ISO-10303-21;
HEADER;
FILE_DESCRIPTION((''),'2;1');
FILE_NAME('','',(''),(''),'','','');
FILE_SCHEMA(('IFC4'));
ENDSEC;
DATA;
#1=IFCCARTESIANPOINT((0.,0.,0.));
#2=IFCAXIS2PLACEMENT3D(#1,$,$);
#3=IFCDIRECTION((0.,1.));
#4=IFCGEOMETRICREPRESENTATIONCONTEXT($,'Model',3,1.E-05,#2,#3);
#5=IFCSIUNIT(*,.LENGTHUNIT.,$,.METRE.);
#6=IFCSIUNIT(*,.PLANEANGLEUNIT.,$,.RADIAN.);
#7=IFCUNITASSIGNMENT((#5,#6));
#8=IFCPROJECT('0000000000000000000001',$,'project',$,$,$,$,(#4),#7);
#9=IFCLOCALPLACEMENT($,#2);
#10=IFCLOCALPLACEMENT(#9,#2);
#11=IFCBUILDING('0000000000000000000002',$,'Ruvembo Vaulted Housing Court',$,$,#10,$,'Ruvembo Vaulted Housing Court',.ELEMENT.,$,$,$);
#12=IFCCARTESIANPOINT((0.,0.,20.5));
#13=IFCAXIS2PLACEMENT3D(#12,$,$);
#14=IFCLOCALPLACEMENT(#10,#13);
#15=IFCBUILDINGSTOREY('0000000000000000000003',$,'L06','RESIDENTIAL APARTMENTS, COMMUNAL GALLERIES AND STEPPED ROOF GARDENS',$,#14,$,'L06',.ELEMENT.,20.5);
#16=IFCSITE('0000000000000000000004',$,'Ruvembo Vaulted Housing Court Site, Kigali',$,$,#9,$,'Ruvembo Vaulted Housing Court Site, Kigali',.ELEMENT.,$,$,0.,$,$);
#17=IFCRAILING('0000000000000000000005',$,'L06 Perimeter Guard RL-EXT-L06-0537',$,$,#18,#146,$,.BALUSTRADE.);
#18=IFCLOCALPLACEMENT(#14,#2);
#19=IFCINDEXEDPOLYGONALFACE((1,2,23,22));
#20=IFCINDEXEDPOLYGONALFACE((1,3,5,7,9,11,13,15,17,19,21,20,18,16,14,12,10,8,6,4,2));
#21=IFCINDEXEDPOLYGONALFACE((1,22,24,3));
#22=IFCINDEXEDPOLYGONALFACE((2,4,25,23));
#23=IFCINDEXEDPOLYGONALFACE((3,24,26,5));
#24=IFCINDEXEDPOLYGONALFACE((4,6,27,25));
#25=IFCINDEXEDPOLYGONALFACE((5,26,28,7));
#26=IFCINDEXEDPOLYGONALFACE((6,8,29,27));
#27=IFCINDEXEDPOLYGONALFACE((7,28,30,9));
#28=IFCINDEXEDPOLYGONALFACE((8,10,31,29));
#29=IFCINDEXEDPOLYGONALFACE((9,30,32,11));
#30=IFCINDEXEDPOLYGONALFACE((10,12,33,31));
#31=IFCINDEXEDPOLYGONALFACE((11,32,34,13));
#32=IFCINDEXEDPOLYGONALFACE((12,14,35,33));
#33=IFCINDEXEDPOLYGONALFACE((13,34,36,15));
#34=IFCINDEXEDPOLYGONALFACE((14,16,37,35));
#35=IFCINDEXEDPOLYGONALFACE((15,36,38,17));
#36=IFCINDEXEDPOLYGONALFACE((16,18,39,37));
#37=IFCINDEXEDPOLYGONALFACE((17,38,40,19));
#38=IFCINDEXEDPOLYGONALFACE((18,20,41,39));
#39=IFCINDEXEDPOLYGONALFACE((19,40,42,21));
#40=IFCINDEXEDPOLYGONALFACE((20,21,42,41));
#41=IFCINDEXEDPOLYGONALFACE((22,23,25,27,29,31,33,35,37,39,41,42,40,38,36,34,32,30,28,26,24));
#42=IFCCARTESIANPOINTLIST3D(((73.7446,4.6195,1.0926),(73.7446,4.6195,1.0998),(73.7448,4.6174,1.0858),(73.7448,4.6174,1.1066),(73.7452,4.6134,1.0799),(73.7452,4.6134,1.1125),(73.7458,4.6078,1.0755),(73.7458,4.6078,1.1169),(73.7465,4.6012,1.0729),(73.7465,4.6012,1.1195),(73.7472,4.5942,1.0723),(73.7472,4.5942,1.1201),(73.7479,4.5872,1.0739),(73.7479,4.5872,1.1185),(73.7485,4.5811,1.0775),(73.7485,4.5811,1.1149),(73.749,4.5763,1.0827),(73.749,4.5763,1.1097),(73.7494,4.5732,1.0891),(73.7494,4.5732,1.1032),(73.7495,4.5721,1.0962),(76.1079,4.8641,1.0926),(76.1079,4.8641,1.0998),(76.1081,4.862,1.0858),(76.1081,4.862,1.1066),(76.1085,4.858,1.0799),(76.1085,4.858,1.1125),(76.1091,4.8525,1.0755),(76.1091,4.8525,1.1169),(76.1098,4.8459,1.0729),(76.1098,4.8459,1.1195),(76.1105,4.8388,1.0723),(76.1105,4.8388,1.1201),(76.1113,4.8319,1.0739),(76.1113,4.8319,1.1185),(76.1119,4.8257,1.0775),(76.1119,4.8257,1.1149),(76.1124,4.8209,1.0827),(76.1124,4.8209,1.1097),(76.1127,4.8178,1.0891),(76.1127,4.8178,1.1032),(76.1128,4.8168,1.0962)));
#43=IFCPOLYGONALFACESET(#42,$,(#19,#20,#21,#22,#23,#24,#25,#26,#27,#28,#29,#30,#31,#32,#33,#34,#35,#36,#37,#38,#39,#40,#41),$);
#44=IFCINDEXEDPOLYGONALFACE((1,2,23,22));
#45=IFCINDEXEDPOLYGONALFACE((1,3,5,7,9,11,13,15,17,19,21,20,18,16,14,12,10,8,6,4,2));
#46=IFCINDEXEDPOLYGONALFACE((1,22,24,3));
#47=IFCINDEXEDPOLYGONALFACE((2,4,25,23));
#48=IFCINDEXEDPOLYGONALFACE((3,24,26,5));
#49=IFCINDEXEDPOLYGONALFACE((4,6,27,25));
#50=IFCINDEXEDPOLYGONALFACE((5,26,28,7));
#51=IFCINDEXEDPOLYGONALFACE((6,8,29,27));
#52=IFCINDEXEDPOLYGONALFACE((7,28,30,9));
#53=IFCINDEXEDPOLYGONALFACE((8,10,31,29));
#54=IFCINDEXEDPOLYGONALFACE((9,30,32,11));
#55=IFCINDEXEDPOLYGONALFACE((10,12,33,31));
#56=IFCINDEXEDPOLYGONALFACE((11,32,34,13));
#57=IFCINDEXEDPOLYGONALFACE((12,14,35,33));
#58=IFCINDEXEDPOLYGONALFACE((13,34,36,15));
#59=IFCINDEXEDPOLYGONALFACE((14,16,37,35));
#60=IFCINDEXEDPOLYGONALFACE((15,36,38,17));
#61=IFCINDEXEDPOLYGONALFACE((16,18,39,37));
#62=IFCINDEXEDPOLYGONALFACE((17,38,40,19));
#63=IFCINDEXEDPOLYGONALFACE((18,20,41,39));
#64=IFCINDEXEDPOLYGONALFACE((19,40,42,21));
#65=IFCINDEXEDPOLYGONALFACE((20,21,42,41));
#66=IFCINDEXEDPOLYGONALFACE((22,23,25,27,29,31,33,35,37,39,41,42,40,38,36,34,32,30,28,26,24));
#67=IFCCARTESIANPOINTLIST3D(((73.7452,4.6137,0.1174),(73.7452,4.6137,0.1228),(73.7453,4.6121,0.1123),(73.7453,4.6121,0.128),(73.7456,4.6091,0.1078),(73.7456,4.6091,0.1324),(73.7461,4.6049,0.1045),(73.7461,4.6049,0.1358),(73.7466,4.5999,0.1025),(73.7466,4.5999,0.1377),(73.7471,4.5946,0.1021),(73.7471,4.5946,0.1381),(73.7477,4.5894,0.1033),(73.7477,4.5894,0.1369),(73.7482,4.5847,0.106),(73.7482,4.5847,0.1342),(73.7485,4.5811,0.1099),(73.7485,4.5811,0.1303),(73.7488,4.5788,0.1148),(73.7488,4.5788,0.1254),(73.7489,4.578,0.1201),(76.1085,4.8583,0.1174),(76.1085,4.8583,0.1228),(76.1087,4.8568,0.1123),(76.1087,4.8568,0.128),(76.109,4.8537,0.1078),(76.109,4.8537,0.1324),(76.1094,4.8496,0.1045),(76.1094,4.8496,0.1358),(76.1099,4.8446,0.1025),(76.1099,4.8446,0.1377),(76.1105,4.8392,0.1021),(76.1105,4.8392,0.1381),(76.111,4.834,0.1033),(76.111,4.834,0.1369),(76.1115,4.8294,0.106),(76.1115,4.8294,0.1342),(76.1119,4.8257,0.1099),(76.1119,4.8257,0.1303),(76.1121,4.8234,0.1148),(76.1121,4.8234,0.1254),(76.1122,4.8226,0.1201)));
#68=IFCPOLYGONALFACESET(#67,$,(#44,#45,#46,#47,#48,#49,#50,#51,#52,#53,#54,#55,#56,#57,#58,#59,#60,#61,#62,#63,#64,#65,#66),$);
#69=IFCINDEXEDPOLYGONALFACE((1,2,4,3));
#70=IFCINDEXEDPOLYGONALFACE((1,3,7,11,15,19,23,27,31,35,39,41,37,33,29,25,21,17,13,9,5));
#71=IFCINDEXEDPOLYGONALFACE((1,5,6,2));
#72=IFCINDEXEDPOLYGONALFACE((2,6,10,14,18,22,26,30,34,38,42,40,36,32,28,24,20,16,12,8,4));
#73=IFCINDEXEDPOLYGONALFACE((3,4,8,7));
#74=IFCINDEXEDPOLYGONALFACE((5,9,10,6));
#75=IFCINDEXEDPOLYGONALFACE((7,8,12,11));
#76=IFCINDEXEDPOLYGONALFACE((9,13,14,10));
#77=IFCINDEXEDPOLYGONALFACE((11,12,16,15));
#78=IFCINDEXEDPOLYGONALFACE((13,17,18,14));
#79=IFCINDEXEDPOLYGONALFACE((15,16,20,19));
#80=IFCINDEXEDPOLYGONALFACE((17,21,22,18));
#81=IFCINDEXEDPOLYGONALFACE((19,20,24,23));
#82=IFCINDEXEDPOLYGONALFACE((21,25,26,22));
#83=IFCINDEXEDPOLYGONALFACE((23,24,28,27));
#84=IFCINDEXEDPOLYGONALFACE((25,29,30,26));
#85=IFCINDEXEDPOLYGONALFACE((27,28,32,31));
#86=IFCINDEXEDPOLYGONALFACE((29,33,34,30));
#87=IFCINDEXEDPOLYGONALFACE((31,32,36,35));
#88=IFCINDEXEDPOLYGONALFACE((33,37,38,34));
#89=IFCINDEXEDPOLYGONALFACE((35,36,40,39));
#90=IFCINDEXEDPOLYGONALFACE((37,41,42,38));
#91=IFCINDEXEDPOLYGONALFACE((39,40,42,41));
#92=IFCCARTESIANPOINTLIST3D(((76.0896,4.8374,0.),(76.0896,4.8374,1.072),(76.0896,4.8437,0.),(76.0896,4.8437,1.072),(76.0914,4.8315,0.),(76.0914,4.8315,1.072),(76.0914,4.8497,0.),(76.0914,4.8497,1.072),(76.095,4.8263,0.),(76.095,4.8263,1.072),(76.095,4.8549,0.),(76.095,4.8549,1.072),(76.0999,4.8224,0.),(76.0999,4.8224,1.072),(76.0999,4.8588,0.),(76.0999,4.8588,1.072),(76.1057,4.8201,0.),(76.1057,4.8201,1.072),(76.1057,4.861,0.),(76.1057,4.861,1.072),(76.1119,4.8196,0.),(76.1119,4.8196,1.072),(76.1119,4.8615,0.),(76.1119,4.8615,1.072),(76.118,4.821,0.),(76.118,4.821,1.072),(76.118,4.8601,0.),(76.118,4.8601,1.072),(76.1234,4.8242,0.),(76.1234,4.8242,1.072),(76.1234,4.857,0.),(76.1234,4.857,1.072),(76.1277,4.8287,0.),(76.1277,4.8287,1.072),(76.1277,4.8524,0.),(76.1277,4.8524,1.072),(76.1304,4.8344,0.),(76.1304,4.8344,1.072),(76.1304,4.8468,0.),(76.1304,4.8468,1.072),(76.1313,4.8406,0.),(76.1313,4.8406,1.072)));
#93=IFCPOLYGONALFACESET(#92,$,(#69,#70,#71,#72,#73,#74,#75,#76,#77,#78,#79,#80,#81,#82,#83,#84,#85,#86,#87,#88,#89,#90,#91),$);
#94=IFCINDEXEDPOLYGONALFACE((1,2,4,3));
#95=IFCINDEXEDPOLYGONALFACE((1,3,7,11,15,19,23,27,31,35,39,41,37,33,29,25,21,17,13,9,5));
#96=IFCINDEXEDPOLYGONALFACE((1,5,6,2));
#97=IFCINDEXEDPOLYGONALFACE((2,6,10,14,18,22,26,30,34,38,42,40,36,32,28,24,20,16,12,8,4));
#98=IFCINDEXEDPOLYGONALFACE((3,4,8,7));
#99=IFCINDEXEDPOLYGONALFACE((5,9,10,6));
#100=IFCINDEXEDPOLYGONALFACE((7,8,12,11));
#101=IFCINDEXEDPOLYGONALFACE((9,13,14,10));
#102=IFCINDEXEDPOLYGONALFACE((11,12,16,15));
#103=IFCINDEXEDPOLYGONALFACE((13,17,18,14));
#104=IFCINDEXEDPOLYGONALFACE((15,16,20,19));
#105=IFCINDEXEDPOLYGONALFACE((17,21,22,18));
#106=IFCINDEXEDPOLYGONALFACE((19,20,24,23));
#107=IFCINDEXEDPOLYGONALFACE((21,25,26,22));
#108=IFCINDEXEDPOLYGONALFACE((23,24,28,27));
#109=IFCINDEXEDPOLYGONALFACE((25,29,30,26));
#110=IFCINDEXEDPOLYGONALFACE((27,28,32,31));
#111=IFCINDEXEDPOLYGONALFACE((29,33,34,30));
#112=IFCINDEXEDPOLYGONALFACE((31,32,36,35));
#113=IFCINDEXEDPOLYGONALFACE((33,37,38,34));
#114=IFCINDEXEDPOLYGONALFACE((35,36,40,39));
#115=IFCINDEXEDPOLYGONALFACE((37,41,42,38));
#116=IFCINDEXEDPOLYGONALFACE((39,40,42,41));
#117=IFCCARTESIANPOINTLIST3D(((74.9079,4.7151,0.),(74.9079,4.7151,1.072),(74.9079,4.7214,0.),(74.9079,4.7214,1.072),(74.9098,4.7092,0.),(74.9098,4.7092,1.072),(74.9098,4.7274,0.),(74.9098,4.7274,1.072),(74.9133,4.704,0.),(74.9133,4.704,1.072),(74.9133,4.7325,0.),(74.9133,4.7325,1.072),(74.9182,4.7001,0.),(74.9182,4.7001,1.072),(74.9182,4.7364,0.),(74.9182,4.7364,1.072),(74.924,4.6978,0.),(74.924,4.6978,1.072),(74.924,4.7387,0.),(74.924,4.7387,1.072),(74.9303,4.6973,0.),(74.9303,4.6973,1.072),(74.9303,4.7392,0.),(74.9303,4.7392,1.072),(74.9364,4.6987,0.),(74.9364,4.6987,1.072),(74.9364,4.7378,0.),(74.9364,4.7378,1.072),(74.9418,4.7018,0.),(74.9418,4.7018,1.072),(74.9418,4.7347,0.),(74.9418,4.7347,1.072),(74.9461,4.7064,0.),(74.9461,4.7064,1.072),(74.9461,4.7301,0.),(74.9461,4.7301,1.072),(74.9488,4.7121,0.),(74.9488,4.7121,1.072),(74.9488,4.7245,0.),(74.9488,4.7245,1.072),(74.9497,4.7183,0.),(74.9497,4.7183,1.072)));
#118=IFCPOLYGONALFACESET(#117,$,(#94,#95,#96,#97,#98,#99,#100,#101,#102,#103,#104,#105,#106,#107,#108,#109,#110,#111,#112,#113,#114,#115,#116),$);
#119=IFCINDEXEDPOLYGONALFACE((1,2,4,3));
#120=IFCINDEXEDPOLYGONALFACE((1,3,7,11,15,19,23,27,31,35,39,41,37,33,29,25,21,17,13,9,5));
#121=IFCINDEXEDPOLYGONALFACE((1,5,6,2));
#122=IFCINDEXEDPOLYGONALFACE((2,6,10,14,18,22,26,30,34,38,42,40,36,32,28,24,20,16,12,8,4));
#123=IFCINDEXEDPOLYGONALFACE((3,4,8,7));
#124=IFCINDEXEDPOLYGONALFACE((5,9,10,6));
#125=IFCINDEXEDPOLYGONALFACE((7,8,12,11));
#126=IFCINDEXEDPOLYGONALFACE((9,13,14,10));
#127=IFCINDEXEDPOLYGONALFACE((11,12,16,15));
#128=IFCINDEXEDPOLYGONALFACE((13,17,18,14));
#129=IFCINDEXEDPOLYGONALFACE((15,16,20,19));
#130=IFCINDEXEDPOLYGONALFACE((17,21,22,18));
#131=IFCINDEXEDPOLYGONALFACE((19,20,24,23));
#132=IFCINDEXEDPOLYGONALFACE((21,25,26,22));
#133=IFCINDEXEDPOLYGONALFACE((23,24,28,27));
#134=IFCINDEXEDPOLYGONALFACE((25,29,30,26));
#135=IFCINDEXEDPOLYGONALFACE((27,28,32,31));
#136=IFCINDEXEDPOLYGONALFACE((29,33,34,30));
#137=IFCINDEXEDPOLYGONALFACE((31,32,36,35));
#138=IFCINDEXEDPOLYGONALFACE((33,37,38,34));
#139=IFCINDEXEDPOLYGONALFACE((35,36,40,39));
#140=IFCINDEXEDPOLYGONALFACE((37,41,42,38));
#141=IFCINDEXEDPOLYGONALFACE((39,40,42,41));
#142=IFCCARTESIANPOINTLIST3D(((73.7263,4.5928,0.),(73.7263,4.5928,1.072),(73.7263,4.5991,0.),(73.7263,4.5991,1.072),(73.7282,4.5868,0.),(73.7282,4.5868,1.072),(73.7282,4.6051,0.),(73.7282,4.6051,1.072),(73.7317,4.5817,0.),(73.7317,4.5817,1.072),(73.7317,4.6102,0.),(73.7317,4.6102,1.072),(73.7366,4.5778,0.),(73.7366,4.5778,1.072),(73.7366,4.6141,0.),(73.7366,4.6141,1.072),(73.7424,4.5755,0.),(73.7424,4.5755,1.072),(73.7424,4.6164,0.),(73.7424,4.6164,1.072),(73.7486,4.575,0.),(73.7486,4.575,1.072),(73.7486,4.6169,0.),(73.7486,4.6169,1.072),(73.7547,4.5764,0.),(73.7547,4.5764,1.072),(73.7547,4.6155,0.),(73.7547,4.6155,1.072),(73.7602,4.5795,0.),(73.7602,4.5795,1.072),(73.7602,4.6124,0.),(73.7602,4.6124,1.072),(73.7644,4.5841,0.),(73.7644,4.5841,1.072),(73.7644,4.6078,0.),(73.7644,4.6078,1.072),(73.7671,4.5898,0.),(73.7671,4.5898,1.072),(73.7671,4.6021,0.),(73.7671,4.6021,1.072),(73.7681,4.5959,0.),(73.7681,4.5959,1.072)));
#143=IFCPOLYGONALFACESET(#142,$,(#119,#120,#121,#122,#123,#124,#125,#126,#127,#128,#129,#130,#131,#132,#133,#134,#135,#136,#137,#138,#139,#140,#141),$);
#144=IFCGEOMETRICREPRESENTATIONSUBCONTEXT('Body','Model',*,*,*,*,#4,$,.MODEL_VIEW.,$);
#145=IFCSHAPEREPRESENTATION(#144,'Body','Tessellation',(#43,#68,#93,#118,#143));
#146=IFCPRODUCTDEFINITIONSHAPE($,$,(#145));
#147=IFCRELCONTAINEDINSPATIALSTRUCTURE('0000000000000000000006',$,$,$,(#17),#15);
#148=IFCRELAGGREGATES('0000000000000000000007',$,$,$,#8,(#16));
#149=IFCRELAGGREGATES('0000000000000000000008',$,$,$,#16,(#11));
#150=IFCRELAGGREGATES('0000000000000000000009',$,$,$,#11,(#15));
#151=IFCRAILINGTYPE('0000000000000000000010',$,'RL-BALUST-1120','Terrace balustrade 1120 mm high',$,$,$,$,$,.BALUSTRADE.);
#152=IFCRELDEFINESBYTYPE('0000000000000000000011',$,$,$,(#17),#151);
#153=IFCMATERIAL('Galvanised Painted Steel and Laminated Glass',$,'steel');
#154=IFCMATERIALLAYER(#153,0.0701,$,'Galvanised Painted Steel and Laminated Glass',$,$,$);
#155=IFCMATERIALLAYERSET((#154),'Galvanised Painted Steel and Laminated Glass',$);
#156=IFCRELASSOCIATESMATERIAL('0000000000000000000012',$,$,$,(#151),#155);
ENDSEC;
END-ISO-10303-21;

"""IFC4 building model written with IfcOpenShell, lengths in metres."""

from ifc_helpers import new_model, si_unit, direction, frame, origin, origin_2d, place, context, subcontext, project, spatial, circle, extrude, material, layer, layer_set, type_object, element, save


model = new_model("IFC4")

# Units and contexts
model_context = context("Model", 3, precision=1e-05, world=origin(), true_north=direction((0.0, 1.0)))
body_context = subcontext(model_context, "Body", "Model", "MODEL_VIEW")
ifc_project = project(units=[si_unit("LENGTHUNIT", "METRE"), si_unit("PLANEANGLEUNIT", "RADIAN")], contexts=[model_context])

# Site, building, storey
site_placement = place(None, origin())
site = spatial("IfcSite", under=ifc_project, at=site_placement, Name="Ruvembo Vaulted Housing Court Site, Kigali", LongName="Ruvembo Vaulted Housing Court Site, Kigali", CompositionType="ELEMENT", RefElevation=0.0)
building_placement = place(site_placement, origin())
building = spatial("IfcBuilding", under=site, at=building_placement, Name="Ruvembo Vaulted Housing Court", LongName="Ruvembo Vaulted Housing Court", CompositionType="ELEMENT")
storey_placement = place(building_placement, frame((0.0, 0.0, 20.5)))
storey = spatial("IfcBuildingStorey", under=building, at=storey_placement, Name="L06", Description="RESIDENTIAL APARTMENTS, COMMUNAL GALLERIES AND STEPPED ROOF GARDENS", LongName="L06", CompositionType="ELEMENT", Elevation=20.5)

# Railing
ifc_material_1 = material(Name="Galvanised Painted Steel and Laminated Glass", Category="steel")
ifc_layer_1 = layer(ifc_material_1, 0.0701, Name="Galvanised Painted Steel and Laminated Glass")
ifc_layer_set_1 = layer_set([ifc_layer_1], Name="Galvanised Painted Steel and Laminated Glass")
railing_type = type_object("IfcRailingType", Name="RL-BALUST-1120", Description="Terrace balustrade 1120 mm high", PredefinedType="BALUSTRADE", material=ifc_layer_set_1)
railing_1_placement = place(storey_placement, frame((76.1104, 4.8406, 0.0)))
element("IfcRailing", 1, at=railing_1_placement, inside=storey, type_object=railing_type, Name="L06 Perimeter Guard RL-EXT-L06-0537", PredefinedType="BALUSTRADE", context=body_context, shape_type="SweptSolid", body=[
    extrude(circle(Radius=0.0239, at=origin_2d()), frame((0.0, 0.0, 1.0962), z_axis=(-0.994685, -0.102962, 0.0), x_axis=(0.102962, -0.994685, 0.0)), (0.0, 0.0, 1.0), 2.376),
    extrude(circle(Radius=0.0181, at=origin_2d()), frame((0.0, 0.0, 0.1201), z_axis=(-0.994685, -0.102962, 0.0), x_axis=(0.102962, -0.994685, 0.0)), (0.0, 0.0, 1.0), 2.376),
    extrude(circle(Radius=0.021, at=origin_2d()), origin(), (0.0, 0.0, 1.0), 1.072),
    extrude(circle(Radius=0.021, at=origin_2d()), frame((-1.1816, -0.1223, 0.0)), (0.0, 0.0, 1.0), 1.072),
    extrude(circle(Radius=0.021, at=origin_2d()), frame((-2.3633, -0.2446, 0.0)), (0.0, 0.0, 1.0), 1.072),
])

save(model, "model.ifc")
